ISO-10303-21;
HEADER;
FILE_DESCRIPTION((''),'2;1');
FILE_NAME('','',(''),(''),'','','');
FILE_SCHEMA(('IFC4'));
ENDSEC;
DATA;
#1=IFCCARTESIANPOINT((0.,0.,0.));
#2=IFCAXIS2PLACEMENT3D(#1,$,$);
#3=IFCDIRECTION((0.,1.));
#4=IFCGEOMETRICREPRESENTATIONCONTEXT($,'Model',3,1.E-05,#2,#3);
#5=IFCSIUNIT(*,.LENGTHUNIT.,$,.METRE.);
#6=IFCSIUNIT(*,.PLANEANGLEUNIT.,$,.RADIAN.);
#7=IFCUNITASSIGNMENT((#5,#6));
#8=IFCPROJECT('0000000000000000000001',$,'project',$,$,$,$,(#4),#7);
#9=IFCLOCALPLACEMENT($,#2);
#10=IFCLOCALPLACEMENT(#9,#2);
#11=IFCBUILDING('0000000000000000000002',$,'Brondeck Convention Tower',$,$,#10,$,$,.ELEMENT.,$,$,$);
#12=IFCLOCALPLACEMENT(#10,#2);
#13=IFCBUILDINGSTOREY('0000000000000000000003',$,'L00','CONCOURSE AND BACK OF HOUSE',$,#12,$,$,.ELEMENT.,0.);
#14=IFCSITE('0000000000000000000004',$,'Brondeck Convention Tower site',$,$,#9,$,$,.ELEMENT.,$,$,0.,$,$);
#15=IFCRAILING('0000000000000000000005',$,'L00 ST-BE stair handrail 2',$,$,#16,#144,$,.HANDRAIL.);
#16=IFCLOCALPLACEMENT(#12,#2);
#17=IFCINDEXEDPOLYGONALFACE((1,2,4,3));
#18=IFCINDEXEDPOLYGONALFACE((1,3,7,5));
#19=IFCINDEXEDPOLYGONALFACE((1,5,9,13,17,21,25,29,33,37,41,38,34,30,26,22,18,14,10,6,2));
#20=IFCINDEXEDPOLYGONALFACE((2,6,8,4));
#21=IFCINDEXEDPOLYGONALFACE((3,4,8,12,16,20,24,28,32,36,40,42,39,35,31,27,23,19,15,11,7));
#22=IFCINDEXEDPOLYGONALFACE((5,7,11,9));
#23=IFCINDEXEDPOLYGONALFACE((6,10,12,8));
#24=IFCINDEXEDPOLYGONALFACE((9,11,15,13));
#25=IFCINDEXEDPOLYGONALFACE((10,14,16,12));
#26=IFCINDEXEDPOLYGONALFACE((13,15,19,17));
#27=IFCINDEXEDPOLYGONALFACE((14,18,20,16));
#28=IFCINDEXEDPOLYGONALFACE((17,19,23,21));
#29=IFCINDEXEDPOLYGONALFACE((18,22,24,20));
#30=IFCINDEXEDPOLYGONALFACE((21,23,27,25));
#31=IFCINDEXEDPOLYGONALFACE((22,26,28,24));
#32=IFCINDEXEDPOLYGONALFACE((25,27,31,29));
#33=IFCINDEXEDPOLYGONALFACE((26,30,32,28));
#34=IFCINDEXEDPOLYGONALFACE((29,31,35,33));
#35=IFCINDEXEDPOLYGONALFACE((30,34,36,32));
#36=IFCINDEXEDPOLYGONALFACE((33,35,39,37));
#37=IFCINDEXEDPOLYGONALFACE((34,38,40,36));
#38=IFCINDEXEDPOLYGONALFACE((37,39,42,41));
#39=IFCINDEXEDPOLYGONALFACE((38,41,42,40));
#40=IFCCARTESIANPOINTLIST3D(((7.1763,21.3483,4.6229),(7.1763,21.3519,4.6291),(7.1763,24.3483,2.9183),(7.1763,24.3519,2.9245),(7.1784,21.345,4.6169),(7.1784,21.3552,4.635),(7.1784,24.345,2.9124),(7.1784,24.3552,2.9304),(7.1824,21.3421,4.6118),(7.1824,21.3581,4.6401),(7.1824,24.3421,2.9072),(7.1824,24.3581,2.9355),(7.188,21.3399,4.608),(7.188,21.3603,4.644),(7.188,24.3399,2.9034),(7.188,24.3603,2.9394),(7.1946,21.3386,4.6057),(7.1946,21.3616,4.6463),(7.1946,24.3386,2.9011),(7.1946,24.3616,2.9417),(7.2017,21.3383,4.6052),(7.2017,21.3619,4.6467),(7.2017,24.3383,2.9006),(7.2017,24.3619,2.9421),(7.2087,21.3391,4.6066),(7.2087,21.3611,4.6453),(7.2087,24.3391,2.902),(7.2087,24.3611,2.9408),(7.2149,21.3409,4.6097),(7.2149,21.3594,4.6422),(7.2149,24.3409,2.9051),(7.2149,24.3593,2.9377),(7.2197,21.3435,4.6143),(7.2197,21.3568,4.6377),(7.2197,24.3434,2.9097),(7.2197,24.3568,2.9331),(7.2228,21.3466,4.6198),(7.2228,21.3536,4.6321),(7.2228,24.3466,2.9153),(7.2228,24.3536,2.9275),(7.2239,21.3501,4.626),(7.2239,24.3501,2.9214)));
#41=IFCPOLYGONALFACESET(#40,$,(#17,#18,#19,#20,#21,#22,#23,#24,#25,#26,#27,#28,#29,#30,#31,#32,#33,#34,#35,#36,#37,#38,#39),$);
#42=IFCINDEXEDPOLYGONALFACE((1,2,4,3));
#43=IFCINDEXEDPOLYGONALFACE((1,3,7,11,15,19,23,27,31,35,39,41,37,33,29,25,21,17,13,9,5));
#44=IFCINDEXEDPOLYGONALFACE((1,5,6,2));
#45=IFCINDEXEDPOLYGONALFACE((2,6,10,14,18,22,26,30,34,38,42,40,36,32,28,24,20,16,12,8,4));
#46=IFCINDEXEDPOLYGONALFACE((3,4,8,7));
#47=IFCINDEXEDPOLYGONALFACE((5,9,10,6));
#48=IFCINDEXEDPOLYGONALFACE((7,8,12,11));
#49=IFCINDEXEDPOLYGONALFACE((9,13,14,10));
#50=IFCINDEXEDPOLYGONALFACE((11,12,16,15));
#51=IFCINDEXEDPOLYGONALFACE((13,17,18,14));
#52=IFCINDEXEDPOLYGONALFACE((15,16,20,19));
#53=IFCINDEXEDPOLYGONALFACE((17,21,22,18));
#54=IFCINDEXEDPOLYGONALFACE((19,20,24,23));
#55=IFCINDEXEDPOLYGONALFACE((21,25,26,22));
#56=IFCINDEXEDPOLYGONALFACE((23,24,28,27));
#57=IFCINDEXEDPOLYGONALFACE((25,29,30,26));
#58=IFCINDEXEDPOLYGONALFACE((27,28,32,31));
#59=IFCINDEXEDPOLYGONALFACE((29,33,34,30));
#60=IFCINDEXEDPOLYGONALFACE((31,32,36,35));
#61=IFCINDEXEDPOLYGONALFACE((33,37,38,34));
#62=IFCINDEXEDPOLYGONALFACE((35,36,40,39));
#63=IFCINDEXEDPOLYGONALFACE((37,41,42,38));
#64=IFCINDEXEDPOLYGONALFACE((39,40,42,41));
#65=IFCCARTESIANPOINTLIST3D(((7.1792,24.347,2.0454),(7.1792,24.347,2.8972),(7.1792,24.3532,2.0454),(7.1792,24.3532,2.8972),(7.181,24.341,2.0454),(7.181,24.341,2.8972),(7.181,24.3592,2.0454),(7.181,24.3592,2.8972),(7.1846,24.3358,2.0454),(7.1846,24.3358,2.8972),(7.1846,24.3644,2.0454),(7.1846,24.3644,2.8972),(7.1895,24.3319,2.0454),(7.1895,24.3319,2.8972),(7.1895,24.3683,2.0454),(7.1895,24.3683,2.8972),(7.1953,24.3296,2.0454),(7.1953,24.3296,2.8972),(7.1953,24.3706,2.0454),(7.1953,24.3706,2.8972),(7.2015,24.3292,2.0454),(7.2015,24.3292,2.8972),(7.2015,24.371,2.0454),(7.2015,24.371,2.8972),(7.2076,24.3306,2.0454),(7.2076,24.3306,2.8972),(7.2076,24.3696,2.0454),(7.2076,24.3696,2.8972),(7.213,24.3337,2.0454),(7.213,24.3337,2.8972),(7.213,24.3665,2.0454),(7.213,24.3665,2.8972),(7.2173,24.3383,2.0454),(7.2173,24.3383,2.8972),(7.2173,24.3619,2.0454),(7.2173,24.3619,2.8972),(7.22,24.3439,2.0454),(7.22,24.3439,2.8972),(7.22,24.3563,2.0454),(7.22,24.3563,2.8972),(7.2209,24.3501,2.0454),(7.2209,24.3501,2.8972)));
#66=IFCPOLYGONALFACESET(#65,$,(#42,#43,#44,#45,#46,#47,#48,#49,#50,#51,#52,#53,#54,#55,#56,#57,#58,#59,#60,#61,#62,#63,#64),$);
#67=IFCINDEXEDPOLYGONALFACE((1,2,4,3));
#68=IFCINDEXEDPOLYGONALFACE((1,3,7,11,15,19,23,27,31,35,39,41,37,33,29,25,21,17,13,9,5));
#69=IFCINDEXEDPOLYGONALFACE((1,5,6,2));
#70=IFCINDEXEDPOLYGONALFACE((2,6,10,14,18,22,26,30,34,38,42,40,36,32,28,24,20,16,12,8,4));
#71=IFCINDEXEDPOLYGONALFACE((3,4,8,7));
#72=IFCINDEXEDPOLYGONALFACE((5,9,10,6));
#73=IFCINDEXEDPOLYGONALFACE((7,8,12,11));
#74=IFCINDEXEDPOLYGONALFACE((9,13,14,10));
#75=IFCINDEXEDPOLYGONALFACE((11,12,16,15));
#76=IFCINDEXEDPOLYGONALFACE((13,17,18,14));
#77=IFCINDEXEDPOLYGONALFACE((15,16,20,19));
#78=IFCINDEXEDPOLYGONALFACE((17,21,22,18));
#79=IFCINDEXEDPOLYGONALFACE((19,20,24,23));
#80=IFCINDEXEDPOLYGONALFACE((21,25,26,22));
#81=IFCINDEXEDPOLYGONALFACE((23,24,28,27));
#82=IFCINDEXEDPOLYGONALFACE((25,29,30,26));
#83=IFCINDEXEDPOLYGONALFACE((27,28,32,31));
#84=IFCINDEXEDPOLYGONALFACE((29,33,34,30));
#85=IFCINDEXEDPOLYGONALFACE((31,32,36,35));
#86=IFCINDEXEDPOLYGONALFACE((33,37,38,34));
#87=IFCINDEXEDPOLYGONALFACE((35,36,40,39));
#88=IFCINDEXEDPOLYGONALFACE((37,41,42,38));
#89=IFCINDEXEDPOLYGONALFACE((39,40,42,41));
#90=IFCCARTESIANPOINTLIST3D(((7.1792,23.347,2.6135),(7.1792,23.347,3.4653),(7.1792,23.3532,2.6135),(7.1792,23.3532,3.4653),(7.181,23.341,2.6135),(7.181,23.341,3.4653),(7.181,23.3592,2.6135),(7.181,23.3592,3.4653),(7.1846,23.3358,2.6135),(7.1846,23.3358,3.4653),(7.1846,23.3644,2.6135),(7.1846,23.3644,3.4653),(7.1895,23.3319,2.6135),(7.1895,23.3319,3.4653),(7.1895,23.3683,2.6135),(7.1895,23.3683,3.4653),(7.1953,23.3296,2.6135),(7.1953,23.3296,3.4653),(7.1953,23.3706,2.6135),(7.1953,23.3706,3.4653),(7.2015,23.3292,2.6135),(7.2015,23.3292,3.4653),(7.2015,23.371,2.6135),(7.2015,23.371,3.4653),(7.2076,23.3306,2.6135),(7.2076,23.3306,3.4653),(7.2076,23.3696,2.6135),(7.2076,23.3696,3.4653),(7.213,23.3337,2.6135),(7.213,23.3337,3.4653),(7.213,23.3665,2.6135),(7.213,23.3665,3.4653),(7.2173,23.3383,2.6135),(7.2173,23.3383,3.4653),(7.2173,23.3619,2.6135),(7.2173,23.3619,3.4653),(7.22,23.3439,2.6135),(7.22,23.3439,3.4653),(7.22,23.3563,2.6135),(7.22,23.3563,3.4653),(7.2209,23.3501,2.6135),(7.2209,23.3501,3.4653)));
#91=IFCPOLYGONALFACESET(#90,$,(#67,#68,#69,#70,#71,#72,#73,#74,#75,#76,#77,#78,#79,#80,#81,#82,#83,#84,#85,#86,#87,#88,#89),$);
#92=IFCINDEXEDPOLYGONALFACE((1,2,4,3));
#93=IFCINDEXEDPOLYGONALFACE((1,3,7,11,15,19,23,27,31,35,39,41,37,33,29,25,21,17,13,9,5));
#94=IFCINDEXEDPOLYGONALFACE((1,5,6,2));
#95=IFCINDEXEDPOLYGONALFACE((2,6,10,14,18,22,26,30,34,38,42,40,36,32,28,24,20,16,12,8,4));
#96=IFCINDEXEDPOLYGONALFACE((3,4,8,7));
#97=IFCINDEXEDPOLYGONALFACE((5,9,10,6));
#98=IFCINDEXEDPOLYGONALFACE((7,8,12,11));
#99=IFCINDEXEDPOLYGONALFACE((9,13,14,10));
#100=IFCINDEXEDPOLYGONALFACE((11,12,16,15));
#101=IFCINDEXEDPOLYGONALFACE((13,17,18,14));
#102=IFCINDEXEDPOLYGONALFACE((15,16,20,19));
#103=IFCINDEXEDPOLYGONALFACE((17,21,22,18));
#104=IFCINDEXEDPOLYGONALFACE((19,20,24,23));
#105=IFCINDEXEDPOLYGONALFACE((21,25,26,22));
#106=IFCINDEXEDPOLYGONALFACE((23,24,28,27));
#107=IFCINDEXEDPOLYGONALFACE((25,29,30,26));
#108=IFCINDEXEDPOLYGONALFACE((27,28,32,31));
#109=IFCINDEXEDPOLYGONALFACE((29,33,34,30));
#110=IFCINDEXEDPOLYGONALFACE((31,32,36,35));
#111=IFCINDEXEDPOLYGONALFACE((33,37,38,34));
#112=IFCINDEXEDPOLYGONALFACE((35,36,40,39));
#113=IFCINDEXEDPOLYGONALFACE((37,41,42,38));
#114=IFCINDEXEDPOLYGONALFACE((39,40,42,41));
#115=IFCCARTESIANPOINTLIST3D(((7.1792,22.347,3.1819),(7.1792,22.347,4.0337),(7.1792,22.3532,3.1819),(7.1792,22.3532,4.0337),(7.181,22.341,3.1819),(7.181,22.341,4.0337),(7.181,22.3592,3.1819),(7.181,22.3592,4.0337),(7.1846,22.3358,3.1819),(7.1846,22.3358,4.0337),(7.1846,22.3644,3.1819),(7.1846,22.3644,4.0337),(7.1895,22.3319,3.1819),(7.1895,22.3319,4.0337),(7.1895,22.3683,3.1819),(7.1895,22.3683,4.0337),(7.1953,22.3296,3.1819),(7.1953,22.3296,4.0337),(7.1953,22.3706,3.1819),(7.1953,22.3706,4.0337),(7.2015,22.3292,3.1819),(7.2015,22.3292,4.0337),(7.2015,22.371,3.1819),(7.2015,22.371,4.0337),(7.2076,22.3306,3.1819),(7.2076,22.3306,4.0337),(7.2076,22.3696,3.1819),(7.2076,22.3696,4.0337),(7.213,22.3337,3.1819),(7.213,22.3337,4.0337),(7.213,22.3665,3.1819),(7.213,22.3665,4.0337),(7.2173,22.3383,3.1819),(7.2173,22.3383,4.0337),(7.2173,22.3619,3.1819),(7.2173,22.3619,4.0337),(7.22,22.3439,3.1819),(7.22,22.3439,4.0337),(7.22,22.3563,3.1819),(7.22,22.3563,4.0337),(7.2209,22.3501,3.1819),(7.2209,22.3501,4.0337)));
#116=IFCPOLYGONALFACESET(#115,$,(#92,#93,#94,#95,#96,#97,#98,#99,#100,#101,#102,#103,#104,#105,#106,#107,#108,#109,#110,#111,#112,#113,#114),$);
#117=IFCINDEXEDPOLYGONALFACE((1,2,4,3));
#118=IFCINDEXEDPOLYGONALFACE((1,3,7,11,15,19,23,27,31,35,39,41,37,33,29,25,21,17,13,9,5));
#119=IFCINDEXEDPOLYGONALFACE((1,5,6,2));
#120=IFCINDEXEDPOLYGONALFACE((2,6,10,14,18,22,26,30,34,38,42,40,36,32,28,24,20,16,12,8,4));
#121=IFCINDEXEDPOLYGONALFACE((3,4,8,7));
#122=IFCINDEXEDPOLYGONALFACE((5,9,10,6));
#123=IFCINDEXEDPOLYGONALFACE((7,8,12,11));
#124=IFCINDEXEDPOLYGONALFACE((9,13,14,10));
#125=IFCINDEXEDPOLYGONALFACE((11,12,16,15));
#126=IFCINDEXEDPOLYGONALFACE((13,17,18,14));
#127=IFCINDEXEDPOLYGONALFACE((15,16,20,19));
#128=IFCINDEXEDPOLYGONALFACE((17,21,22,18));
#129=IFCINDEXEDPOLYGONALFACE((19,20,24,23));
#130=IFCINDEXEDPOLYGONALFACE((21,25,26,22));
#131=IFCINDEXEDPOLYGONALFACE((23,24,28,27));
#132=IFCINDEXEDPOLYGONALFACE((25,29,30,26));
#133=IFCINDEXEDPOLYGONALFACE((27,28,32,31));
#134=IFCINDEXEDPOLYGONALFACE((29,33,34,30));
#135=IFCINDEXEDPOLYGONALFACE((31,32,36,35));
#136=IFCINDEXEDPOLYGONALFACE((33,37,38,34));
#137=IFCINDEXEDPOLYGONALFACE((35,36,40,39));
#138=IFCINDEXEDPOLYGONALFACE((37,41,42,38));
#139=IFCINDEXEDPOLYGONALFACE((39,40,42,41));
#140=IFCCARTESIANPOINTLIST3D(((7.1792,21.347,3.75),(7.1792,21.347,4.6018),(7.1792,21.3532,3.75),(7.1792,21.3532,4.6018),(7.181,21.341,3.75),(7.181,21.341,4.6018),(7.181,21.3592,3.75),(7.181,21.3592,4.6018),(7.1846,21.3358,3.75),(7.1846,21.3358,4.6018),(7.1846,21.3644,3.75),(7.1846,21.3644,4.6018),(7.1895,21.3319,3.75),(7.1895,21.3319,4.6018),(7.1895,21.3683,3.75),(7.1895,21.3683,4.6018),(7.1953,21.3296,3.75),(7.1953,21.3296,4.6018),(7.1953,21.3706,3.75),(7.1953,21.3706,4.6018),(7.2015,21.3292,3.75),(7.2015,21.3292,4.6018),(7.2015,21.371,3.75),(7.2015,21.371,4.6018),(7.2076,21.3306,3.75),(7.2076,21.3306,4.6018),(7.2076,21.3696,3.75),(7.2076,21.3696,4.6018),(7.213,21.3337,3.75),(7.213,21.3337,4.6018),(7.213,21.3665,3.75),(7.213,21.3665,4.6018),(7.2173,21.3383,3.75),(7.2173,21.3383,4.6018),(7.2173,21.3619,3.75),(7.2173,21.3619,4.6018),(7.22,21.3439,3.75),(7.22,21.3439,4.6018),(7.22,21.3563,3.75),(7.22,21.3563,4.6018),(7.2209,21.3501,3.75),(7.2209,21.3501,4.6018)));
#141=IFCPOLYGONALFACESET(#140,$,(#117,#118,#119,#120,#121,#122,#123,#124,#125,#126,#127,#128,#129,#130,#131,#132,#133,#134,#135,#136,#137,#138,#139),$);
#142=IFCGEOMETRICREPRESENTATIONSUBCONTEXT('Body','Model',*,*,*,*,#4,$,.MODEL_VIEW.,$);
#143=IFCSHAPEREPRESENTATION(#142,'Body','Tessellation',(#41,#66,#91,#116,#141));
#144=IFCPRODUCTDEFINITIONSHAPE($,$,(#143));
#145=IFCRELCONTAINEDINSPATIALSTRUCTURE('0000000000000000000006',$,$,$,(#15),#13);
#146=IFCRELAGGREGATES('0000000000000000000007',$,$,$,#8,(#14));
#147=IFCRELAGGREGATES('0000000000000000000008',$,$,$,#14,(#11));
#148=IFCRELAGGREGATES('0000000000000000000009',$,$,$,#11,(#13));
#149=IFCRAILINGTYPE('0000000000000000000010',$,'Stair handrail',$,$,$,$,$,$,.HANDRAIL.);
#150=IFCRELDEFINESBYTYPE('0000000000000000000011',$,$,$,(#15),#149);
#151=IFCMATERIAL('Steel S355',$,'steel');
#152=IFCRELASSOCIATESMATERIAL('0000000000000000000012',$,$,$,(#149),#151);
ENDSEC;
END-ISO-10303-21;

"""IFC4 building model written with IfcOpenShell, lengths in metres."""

from ifc_helpers import new_model, si_unit, direction, frame, origin, origin_2d, place, context, subcontext, project, spatial, circle, extrude, material, type_object, element, save


model = new_model("IFC4")

# Units and contexts
model_context = context("Model", 3, precision=1e-05, world=origin(), true_north=direction((0.0, 1.0)))
body_context = subcontext(model_context, "Body", "Model", "MODEL_VIEW")
ifc_project = project(units=[si_unit("LENGTHUNIT", "METRE"), si_unit("PLANEANGLEUNIT", "RADIAN")], contexts=[model_context])

# Site, building, storey
site_placement = place(None, origin())
site = spatial("IfcSite", under=ifc_project, at=site_placement, Name="Brondeck Convention Tower site", CompositionType="ELEMENT", RefElevation=0.0)
building_placement = place(site_placement, origin())
building = spatial("IfcBuilding", under=site, at=building_placement, Name="Brondeck Convention Tower", CompositionType="ELEMENT")
storey_placement = place(building_placement, origin())
storey = spatial("IfcBuildingStorey", under=building, at=storey_placement, Name="L00", Description="CONCOURSE AND BACK OF HOUSE", CompositionType="ELEMENT", Elevation=0.0)

# Shared definitions
ifc_material_1 = material(Name="Steel S355", Category="steel")

# Railing
railing_type_1 = type_object("IfcRailingType", Name="Stair handrail", PredefinedType="HANDRAIL", material=ifc_material_1)
for number, where, name in (
    (1, (7.2, 24.3501, 2.0454), "L00 ST-BE stair handrail 2"),
):
    element("IfcRailing", number, at=place(storey_placement, frame(where)), inside=storey, type_object=railing_type_1, Name=name, PredefinedType="HANDRAIL", context=body_context, shape_type="SweptSolid", body=[
        extrude(circle(Radius=0.0239, at=origin_2d()), frame((0.0, 0.0, 0.876), z_axis=(0.0, -0.869451, 0.494019), x_axis=(1.0, 0.0, 0.0)), (0.0, 0.0, 1.0), 3.4504),
        extrude(circle(Radius=0.021, at=origin_2d()), origin(), (0.0, 0.0, 1.0), 0.8518),
        extrude(circle(Radius=0.021, at=origin_2d()), frame((0.0, -1.0, 0.5681)), (0.0, 0.0, 1.0), 0.8518),
        extrude(circle(Radius=0.021, at=origin_2d()), frame((0.0, -2.0, 1.1365)), (0.0, 0.0, 1.0), 0.8518),
        extrude(circle(Radius=0.021, at=origin_2d()), frame((0.0, -3.0, 1.7046)), (0.0, 0.0, 1.0), 0.8518),
    ])

save(model, "model.ifc")
